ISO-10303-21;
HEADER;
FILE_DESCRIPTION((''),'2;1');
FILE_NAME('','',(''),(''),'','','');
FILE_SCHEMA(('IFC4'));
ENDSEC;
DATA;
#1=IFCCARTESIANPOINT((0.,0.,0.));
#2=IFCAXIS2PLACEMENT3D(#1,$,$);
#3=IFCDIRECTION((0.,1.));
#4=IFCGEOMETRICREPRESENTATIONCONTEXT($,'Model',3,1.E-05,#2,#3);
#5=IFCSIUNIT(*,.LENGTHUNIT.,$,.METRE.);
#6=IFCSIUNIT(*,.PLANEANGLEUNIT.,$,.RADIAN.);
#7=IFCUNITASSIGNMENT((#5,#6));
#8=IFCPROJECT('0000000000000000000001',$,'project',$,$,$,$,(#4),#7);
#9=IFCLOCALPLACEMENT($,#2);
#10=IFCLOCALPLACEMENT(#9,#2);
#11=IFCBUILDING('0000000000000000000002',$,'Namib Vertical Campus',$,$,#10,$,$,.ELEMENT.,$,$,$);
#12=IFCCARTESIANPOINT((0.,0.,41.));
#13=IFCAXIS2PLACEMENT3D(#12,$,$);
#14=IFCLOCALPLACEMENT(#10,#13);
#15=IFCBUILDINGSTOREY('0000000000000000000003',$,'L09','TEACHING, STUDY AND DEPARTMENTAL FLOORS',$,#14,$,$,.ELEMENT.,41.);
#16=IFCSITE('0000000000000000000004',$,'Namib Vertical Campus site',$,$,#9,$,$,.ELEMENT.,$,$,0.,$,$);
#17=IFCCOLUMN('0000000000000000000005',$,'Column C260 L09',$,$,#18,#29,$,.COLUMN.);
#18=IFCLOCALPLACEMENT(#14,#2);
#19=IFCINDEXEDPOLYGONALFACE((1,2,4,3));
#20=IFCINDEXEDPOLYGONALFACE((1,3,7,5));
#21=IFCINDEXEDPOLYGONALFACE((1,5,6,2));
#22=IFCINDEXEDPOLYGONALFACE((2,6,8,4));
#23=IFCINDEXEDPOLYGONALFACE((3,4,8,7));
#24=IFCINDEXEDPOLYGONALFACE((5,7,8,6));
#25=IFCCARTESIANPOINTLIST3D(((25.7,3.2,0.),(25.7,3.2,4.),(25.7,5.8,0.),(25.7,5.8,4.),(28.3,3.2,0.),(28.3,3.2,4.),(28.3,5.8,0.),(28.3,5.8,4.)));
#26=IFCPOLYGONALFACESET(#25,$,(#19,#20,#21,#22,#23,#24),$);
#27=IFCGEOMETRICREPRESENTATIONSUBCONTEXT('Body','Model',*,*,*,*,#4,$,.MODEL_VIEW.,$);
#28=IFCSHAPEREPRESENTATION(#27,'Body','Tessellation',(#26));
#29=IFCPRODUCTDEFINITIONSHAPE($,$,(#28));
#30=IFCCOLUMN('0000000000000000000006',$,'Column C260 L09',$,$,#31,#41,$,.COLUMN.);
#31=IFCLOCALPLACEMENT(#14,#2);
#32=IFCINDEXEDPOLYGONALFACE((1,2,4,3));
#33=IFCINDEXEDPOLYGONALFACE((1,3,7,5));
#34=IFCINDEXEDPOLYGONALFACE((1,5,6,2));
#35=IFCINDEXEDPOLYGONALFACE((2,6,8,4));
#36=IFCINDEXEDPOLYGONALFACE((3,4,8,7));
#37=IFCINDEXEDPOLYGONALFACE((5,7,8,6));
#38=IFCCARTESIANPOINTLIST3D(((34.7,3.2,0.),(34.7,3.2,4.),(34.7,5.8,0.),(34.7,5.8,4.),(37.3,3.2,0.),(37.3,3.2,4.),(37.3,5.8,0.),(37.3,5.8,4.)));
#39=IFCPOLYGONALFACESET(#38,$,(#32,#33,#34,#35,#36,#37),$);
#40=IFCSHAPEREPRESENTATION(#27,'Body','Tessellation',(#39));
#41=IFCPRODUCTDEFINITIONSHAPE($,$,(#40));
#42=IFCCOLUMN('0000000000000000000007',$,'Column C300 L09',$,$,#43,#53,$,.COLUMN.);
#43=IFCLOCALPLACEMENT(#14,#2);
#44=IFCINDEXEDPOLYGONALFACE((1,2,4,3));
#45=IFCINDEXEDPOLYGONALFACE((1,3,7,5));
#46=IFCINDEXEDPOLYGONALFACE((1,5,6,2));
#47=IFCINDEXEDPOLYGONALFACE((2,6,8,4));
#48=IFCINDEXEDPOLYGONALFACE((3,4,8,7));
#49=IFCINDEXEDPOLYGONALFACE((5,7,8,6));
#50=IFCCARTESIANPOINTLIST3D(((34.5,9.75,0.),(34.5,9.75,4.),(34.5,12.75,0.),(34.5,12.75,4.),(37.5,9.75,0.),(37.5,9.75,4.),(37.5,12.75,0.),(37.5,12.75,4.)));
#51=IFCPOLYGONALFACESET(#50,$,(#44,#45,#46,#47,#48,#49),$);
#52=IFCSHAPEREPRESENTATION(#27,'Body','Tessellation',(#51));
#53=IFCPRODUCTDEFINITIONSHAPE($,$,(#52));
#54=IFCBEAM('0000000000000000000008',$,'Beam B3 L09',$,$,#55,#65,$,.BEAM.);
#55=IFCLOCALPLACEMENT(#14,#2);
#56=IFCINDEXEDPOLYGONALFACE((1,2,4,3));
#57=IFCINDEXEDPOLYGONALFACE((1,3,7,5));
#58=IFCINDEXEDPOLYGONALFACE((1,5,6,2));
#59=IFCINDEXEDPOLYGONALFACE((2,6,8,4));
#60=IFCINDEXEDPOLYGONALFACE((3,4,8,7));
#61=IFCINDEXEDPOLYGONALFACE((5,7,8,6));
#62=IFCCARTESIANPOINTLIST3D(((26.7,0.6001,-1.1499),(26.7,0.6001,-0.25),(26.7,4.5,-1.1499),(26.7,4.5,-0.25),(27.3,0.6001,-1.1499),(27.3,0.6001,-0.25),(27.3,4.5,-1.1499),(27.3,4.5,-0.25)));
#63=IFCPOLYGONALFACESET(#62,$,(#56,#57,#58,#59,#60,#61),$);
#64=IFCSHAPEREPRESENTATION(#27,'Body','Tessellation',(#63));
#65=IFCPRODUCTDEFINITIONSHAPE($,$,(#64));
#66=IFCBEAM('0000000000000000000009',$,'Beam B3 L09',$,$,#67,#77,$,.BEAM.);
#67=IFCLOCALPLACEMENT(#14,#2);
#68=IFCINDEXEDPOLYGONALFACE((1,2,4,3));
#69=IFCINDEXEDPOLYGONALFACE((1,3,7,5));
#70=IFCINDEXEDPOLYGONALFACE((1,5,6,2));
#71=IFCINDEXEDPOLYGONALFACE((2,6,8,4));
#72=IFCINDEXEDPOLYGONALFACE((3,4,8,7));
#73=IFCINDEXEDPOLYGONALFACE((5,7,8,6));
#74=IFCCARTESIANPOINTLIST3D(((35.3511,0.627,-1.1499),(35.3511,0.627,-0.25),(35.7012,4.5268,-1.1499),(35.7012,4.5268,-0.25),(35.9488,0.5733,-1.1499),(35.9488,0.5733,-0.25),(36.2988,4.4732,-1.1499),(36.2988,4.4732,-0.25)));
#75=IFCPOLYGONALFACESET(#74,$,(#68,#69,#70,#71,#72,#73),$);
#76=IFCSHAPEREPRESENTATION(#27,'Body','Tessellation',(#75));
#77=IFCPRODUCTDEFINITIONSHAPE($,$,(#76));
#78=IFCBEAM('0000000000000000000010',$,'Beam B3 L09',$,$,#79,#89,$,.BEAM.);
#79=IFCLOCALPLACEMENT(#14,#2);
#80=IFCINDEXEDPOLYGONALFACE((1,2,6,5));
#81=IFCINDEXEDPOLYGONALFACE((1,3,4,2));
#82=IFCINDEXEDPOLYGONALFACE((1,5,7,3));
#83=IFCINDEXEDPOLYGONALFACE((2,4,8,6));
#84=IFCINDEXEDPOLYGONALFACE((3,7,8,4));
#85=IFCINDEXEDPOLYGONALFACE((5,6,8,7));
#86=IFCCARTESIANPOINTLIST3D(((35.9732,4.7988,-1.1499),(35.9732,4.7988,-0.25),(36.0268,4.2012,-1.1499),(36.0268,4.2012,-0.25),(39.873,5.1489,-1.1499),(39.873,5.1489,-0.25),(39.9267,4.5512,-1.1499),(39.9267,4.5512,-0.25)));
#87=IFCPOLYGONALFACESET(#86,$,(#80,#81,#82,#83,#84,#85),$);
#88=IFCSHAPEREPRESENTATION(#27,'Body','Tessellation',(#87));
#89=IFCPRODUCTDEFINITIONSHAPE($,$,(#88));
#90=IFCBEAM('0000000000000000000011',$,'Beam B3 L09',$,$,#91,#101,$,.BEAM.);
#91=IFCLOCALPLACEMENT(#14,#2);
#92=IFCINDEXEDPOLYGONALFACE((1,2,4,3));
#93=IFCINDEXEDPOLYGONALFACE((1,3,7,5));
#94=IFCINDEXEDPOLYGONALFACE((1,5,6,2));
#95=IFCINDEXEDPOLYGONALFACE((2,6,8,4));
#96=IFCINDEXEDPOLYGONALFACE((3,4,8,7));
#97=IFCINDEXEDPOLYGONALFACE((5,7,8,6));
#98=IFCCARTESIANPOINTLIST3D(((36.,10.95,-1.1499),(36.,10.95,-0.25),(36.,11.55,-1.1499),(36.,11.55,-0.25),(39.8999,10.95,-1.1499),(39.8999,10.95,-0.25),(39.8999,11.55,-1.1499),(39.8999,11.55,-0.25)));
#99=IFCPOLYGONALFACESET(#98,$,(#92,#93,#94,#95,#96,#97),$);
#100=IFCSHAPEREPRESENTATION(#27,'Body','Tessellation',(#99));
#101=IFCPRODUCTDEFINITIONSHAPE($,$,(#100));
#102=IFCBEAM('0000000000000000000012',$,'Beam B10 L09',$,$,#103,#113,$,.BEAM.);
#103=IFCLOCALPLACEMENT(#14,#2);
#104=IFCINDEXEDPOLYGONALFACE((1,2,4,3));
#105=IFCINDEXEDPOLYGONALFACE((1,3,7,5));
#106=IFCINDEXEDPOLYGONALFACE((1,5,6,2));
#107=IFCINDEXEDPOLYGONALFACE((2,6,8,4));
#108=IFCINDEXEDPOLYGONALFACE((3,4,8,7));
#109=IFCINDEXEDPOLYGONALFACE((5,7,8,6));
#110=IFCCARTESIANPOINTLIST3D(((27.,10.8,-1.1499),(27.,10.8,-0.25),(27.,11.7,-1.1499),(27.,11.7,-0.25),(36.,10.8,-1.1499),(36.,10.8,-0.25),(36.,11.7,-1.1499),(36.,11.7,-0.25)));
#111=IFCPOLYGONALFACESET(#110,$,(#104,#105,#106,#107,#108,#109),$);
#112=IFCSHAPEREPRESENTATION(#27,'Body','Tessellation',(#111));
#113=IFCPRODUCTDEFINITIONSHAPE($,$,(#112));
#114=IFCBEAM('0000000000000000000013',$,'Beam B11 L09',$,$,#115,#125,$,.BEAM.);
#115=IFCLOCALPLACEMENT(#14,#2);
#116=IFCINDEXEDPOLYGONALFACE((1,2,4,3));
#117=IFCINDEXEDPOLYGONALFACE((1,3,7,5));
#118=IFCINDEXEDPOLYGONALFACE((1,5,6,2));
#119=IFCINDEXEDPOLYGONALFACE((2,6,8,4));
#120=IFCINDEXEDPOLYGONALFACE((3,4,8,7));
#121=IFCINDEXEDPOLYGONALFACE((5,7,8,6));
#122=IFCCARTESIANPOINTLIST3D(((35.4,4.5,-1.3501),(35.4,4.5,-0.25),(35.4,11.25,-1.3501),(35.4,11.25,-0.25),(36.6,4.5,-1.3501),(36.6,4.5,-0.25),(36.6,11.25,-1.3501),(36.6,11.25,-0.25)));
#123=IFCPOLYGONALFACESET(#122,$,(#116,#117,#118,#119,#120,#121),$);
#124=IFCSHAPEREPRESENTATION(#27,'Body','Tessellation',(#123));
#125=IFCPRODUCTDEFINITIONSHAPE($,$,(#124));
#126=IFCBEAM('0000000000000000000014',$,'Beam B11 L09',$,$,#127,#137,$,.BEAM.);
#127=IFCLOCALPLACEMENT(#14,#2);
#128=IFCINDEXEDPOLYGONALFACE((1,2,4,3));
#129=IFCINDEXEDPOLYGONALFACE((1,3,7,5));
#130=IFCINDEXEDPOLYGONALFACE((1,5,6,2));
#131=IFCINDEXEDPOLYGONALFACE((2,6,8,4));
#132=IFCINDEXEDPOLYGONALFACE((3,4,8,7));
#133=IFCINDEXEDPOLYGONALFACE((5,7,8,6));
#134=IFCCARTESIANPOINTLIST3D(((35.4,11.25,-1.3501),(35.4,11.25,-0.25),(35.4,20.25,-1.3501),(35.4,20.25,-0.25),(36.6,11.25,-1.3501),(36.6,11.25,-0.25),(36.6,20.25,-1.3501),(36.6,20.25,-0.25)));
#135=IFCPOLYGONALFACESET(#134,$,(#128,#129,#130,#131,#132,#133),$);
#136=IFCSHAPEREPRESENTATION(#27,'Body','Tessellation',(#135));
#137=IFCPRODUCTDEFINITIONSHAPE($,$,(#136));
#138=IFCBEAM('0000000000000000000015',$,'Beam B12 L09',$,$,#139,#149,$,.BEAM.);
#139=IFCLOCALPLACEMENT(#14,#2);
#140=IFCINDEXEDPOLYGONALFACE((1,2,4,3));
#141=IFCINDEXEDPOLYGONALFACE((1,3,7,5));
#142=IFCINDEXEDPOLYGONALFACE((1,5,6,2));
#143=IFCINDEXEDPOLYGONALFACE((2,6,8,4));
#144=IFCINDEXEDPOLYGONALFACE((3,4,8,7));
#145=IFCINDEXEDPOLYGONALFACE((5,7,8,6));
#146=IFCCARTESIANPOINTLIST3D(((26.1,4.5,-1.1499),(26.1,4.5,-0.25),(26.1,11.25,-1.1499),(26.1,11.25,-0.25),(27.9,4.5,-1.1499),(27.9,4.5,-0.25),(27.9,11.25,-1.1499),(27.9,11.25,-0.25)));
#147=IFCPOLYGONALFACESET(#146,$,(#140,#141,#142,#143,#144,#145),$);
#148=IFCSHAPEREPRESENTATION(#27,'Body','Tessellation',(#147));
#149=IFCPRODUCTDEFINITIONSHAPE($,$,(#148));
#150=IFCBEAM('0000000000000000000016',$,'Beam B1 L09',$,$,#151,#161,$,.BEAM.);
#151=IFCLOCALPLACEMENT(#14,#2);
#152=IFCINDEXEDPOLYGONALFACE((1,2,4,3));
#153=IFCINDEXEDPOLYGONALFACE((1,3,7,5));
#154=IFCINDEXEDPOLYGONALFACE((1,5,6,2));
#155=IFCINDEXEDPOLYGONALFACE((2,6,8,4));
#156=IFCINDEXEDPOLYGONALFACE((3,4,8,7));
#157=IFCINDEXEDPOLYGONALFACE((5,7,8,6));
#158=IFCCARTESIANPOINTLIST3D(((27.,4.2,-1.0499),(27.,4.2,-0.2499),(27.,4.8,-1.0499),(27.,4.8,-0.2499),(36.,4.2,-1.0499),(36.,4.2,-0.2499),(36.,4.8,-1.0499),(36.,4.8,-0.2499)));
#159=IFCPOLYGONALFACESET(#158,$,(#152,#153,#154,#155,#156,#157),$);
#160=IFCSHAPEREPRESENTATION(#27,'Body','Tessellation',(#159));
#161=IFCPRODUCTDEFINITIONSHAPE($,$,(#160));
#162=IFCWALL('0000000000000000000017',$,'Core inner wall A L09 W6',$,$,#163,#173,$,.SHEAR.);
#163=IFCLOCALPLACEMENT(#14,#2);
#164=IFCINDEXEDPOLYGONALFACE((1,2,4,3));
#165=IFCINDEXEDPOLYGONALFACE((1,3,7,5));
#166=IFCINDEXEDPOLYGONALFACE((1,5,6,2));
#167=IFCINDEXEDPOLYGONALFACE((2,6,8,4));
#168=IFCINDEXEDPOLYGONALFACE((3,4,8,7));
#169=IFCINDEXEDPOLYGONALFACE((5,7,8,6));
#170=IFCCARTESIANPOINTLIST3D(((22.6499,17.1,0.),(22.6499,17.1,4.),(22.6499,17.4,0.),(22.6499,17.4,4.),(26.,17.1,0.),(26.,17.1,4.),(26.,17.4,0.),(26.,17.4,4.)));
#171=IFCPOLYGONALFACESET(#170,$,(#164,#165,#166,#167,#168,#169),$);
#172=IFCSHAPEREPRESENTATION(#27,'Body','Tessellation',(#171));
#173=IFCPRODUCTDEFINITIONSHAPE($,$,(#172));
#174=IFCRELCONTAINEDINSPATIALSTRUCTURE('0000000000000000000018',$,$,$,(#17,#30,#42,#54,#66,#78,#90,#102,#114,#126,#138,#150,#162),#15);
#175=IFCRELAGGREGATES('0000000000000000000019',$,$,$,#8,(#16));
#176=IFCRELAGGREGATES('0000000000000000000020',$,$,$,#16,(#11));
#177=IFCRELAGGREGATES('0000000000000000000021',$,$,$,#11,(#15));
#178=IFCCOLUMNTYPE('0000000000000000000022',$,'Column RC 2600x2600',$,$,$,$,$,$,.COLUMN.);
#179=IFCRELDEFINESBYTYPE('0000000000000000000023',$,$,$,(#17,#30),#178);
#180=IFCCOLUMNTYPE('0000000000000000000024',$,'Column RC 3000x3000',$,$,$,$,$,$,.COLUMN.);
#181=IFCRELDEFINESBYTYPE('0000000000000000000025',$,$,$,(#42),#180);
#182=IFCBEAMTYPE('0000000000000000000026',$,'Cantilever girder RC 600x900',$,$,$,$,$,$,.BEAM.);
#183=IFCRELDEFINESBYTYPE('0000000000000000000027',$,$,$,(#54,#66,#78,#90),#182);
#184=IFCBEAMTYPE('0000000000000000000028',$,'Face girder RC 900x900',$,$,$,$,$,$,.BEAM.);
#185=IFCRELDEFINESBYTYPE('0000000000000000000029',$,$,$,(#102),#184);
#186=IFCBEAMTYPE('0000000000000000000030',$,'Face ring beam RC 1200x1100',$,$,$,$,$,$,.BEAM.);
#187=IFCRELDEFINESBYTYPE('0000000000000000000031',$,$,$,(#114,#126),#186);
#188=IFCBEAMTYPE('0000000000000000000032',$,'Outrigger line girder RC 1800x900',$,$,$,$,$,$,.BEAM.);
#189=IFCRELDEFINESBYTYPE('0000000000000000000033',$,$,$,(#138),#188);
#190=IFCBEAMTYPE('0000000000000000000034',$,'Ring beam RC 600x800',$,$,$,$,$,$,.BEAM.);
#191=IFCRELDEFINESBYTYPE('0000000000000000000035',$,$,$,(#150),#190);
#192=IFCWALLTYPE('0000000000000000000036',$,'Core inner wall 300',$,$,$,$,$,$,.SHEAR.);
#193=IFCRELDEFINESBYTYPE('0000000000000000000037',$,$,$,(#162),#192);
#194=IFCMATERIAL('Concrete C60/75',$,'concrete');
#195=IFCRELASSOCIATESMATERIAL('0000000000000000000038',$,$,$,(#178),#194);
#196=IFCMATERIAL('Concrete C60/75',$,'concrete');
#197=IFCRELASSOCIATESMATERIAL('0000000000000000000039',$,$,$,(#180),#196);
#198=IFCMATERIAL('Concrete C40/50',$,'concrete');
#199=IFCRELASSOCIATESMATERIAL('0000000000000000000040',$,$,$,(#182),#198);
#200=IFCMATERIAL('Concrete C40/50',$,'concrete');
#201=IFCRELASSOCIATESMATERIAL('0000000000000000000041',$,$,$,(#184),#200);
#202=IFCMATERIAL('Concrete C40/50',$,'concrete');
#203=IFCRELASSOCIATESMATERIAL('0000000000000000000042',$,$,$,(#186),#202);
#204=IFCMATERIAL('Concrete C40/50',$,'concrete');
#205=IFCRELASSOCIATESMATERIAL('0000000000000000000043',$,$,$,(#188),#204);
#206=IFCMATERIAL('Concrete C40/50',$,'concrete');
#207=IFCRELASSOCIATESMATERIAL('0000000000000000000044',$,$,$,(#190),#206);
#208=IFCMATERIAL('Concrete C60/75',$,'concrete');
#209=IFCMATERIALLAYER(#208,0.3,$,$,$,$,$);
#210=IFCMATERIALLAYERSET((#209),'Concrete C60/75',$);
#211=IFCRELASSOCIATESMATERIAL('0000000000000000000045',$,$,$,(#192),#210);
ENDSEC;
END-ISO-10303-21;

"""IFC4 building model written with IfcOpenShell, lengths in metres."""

from ifc_helpers import new_model, si_unit, direction, frame, frame_2d, origin, origin_2d, place, context, subcontext, project, spatial, rectangle, extrude, material, layer, layer_set, material_profile, profile_set, type_object, element, save


model = new_model("IFC4")

# Units and contexts
model_context = context("Model", 3, precision=1e-05, world=origin(), true_north=direction((0.0, 1.0)))
body_context = subcontext(model_context, "Body", "Model", "MODEL_VIEW")
ifc_project = project(units=[si_unit("LENGTHUNIT", "METRE"), si_unit("PLANEANGLEUNIT", "RADIAN")], contexts=[model_context])

# Site, building, storey
site_placement = place(None, origin())
site = spatial("IfcSite", under=ifc_project, at=site_placement, Name="Namib Vertical Campus site", CompositionType="ELEMENT", RefElevation=0.0)
building_placement = place(site_placement, origin())
building = spatial("IfcBuilding", under=site, at=building_placement, Name="Namib Vertical Campus", CompositionType="ELEMENT")
storey_placement = place(building_placement, frame((0.0, 0.0, 41.0)))
storey = spatial("IfcBuildingStorey", under=building, at=storey_placement, Name="L09", Description="TEACHING, STUDY AND DEPARTMENTAL FLOORS", CompositionType="ELEMENT", Elevation=41.0)

# Columns
ifc_material_1 = material(Name="Concrete C60/75", Category="concrete")
ifc_material_profile_1 = material_profile(ifc_material_1, rectangle(XDim=2.6001, YDim=2.6001, at=origin_2d()))
ifc_profile_set_1 = profile_set([ifc_material_profile_1], Name="Concrete C60/75")
column_type_1 = type_object("IfcColumnType", Name="Column RC 2600x2600", PredefinedType="COLUMN", material=ifc_profile_set_1)
for number, where, z_axis, x_axis, name in (
    (1, (27.0, 4.5, 0.0), (0.0, 0.0, 1.0), (1.0, 0.0, 0.0), "Column C260 L09"),
    (2, (36.0, 4.5, 0.0), (0.0, 0.0, 1.0), (1.0, 0.0, 0.0), "Column C260 L09"),
):
    element("IfcColumn", number, at=place(storey_placement, frame(where, z_axis=z_axis, x_axis=x_axis)), inside=storey, type_object=column_type_1, Name=name, PredefinedType="COLUMN", context=body_context, shape_type="SweptSolid", body=[
        extrude(rectangle(XDim=2.6001, YDim=2.6001, at=origin_2d()), origin(), (0.0, 0.0, 1.0), 4.0),
    ])
ifc_material_2 = material(Name="Concrete C60/75", Category="concrete")
ifc_material_profile_2 = material_profile(ifc_material_2, rectangle(XDim=3.0, YDim=3.0, at=origin_2d()))
ifc_profile_set_2 = profile_set([ifc_material_profile_2], Name="Concrete C60/75")
column_type_2 = type_object("IfcColumnType", Name="Column RC 3000x3000", PredefinedType="COLUMN", material=ifc_profile_set_2)
column_placement = place(storey_placement, frame((36.0, 11.25, 0.0), z_axis=(0.0, 0.0, 1.0), x_axis=(1.0, 0.0, 0.0)))
element("IfcColumn", 3, at=column_placement, inside=storey, type_object=column_type_2, Name="Column C300 L09", PredefinedType="COLUMN", context=body_context, shape_type="SweptSolid", body=[
    extrude(rectangle(XDim=3.0, YDim=3.0, at=origin_2d()), origin(), (0.0, 0.0, 1.0), 4.0),
])

# Beams
ifc_material_3 = material(Name="Concrete C40/50", Category="concrete")
ifc_material_profile_3 = material_profile(ifc_material_3, rectangle(XDim=0.6001, YDim=0.8999, at=origin_2d()))
ifc_profile_set_3 = profile_set([ifc_material_profile_3], Name="Concrete C40/50")
beam_type_1 = type_object("IfcBeamType", Name="Cantilever girder RC 600x900", PredefinedType="BEAM", material=ifc_profile_set_3)
beam_1_placement = place(storey_placement, frame((27.0, 4.5, -0.7), z_axis=(0.0, -1.0, 0.0), x_axis=(1.0, 0.0, 0.0)))
element("IfcBeam", 4, at=beam_1_placement, inside=storey, type_object=beam_type_1, Name="Beam B3 L09", PredefinedType="BEAM", context=body_context, shape_type="SweptSolid", body=[
    extrude(rectangle(XDim=0.6001, YDim=0.8999, at=origin_2d()), origin(), (0.0, 0.0, 1.0), 3.8999),
])
for number, where, z_axis, x_axis, name in (
    (5, (36.0, 4.5, -0.7), (-0.089411, -0.995995, 0.0), (0.995995, -0.089411, 0.0), "Beam B3 L09"),
    (6, (36.0, 4.5, -0.7), (0.995995, 0.089411, 0.0), (-0.089411, 0.995995, 0.0), "Beam B3 L09"),
):
    element("IfcBeam", number, at=place(storey_placement, frame(where, z_axis=z_axis, x_axis=x_axis)), inside=storey, type_object=beam_type_1, Name=name, PredefinedType="BEAM", context=body_context, shape_type="SweptSolid", body=[
        extrude(rectangle(XDim=0.6001, YDim=0.8999, at=origin_2d()), origin(), (0.0, 0.0, 1.0), 3.9155),
    ])
beam_2_placement = place(storey_placement, frame((36.0, 11.25, -0.7), z_axis=(1.0, 0.0, 0.0), x_axis=(0.0, 1.0, 0.0)))
element("IfcBeam", 7, at=beam_2_placement, inside=storey, type_object=beam_type_1, Name="Beam B3 L09", PredefinedType="BEAM", context=body_context, shape_type="SweptSolid", body=[
    extrude(rectangle(XDim=0.6001, YDim=0.8999, at=origin_2d()), origin(), (0.0, 0.0, 1.0), 3.8999),
])
ifc_material_4 = material(Name="Concrete C40/50", Category="concrete")
ifc_material_profile_4 = material_profile(ifc_material_4, rectangle(XDim=0.8999, YDim=0.8999, at=origin_2d()))
ifc_profile_set_4 = profile_set([ifc_material_profile_4], Name="Concrete C40/50")
beam_type_2 = type_object("IfcBeamType", Name="Face girder RC 900x900", PredefinedType="BEAM", material=ifc_profile_set_4)
beam_3_placement = place(storey_placement, frame((36.0, 11.25, -0.7), z_axis=(-1.0, 0.0, 0.0), x_axis=(0.0, -1.0, 0.0)))
element("IfcBeam", 8, at=beam_3_placement, inside=storey, type_object=beam_type_2, Name="Beam B10 L09", PredefinedType="BEAM", context=body_context, shape_type="SweptSolid", body=[
    extrude(rectangle(XDim=0.8999, YDim=0.8999, at=origin_2d()), origin(), (0.0, 0.0, 1.0), 9.0),
])
ifc_material_5 = material(Name="Concrete C40/50", Category="concrete")
ifc_material_profile_5 = material_profile(ifc_material_5, rectangle(XDim=1.2, YDim=1.1001, at=origin_2d()))
ifc_profile_set_5 = profile_set([ifc_material_profile_5], Name="Concrete C40/50")
beam_type_3 = type_object("IfcBeamType", Name="Face ring beam RC 1200x1100", PredefinedType="BEAM", material=ifc_profile_set_5)
beam_4_placement = place(storey_placement, frame((36.0, 4.5, -0.8), z_axis=(0.0, 1.0, 0.0), x_axis=(-1.0, 0.0, 0.0)))
element("IfcBeam", 9, at=beam_4_placement, inside=storey, type_object=beam_type_3, Name="Beam B11 L09", PredefinedType="BEAM", context=body_context, shape_type="SweptSolid", body=[
    extrude(rectangle(XDim=1.2, YDim=1.1001, at=origin_2d()), origin(), (0.0, 0.0, 1.0), 6.75),
])
beam_5_placement = place(storey_placement, frame((36.0, 11.25, -0.8), z_axis=(0.0, 1.0, 0.0), x_axis=(-1.0, 0.0, 0.0)))
element("IfcBeam", 10, at=beam_5_placement, inside=storey, type_object=beam_type_3, Name="Beam B11 L09", PredefinedType="BEAM", context=body_context, shape_type="SweptSolid", body=[
    extrude(rectangle(XDim=1.2, YDim=1.1001, at=origin_2d()), origin(), (0.0, 0.0, 1.0), 9.0),
])
ifc_material_6 = material(Name="Concrete C40/50", Category="concrete")
ifc_material_profile_6 = material_profile(ifc_material_6, rectangle(XDim=1.8, YDim=0.8999, at=origin_2d()))
ifc_profile_set_6 = profile_set([ifc_material_profile_6], Name="Concrete C40/50")
beam_type_4 = type_object("IfcBeamType", Name="Outrigger line girder RC 1800x900", PredefinedType="BEAM", material=ifc_profile_set_6)
beam_6_placement = place(storey_placement, frame((27.0, 4.5, -0.7), z_axis=(0.0, 1.0, 0.0), x_axis=(-1.0, 0.0, 0.0)))
element("IfcBeam", 11, at=beam_6_placement, inside=storey, type_object=beam_type_4, Name="Beam B12 L09", PredefinedType="BEAM", context=body_context, shape_type="SweptSolid", body=[
    extrude(rectangle(XDim=1.8, YDim=0.8999, at=origin_2d()), origin(), (0.0, 0.0, 1.0), 6.75),
])
ifc_material_7 = material(Name="Concrete C40/50", Category="concrete")
ifc_material_profile_7 = material_profile(ifc_material_7, rectangle(XDim=0.6001, YDim=0.8, at=origin_2d()))
ifc_profile_set_7 = profile_set([ifc_material_profile_7], Name="Concrete C40/50")
beam_type_5 = type_object("IfcBeamType", Name="Ring beam RC 600x800", PredefinedType="BEAM", material=ifc_profile_set_7)
beam_7_placement = place(storey_placement, frame((27.0, 4.5, -0.6499), z_axis=(1.0, 0.0, 0.0), x_axis=(0.0, 1.0, 0.0)))
element("IfcBeam", 12, at=beam_7_placement, inside=storey, type_object=beam_type_5, Name="Beam B1 L09", PredefinedType="BEAM", context=body_context, shape_type="SweptSolid", body=[
    extrude(rectangle(XDim=0.6001, YDim=0.8, at=origin_2d()), origin(), (0.0, 0.0, 1.0), 9.0),
])

# Wall
ifc_material_8 = material(Name="Concrete C60/75", Category="concrete")
ifc_layer_1 = layer(ifc_material_8, 0.3)
ifc_layer_set_1 = layer_set([ifc_layer_1], Name="Concrete C60/75")
wall_type_1 = type_object("IfcWallType", Name="Core inner wall 300", PredefinedType="SHEAR", material=ifc_layer_set_1)
wall_1_placement = place(storey_placement, frame((22.6499, 17.25, 0.0), z_axis=(0.0, 0.0, 1.0), x_axis=(1.0, 0.0, 0.0)))
element("IfcWall", 13, at=wall_1_placement, inside=storey, type_object=wall_type_1, Name="Core inner wall A L09 W6", PredefinedType="SHEAR", context=body_context, shape_type="SweptSolid", body=[
    extrude(rectangle(XDim=3.3501, YDim=0.3, at=frame_2d((1.675, 0.0))), origin(), (0.0, 0.0, 1.0), 4.0),
])

save(model, "model.ifc")
